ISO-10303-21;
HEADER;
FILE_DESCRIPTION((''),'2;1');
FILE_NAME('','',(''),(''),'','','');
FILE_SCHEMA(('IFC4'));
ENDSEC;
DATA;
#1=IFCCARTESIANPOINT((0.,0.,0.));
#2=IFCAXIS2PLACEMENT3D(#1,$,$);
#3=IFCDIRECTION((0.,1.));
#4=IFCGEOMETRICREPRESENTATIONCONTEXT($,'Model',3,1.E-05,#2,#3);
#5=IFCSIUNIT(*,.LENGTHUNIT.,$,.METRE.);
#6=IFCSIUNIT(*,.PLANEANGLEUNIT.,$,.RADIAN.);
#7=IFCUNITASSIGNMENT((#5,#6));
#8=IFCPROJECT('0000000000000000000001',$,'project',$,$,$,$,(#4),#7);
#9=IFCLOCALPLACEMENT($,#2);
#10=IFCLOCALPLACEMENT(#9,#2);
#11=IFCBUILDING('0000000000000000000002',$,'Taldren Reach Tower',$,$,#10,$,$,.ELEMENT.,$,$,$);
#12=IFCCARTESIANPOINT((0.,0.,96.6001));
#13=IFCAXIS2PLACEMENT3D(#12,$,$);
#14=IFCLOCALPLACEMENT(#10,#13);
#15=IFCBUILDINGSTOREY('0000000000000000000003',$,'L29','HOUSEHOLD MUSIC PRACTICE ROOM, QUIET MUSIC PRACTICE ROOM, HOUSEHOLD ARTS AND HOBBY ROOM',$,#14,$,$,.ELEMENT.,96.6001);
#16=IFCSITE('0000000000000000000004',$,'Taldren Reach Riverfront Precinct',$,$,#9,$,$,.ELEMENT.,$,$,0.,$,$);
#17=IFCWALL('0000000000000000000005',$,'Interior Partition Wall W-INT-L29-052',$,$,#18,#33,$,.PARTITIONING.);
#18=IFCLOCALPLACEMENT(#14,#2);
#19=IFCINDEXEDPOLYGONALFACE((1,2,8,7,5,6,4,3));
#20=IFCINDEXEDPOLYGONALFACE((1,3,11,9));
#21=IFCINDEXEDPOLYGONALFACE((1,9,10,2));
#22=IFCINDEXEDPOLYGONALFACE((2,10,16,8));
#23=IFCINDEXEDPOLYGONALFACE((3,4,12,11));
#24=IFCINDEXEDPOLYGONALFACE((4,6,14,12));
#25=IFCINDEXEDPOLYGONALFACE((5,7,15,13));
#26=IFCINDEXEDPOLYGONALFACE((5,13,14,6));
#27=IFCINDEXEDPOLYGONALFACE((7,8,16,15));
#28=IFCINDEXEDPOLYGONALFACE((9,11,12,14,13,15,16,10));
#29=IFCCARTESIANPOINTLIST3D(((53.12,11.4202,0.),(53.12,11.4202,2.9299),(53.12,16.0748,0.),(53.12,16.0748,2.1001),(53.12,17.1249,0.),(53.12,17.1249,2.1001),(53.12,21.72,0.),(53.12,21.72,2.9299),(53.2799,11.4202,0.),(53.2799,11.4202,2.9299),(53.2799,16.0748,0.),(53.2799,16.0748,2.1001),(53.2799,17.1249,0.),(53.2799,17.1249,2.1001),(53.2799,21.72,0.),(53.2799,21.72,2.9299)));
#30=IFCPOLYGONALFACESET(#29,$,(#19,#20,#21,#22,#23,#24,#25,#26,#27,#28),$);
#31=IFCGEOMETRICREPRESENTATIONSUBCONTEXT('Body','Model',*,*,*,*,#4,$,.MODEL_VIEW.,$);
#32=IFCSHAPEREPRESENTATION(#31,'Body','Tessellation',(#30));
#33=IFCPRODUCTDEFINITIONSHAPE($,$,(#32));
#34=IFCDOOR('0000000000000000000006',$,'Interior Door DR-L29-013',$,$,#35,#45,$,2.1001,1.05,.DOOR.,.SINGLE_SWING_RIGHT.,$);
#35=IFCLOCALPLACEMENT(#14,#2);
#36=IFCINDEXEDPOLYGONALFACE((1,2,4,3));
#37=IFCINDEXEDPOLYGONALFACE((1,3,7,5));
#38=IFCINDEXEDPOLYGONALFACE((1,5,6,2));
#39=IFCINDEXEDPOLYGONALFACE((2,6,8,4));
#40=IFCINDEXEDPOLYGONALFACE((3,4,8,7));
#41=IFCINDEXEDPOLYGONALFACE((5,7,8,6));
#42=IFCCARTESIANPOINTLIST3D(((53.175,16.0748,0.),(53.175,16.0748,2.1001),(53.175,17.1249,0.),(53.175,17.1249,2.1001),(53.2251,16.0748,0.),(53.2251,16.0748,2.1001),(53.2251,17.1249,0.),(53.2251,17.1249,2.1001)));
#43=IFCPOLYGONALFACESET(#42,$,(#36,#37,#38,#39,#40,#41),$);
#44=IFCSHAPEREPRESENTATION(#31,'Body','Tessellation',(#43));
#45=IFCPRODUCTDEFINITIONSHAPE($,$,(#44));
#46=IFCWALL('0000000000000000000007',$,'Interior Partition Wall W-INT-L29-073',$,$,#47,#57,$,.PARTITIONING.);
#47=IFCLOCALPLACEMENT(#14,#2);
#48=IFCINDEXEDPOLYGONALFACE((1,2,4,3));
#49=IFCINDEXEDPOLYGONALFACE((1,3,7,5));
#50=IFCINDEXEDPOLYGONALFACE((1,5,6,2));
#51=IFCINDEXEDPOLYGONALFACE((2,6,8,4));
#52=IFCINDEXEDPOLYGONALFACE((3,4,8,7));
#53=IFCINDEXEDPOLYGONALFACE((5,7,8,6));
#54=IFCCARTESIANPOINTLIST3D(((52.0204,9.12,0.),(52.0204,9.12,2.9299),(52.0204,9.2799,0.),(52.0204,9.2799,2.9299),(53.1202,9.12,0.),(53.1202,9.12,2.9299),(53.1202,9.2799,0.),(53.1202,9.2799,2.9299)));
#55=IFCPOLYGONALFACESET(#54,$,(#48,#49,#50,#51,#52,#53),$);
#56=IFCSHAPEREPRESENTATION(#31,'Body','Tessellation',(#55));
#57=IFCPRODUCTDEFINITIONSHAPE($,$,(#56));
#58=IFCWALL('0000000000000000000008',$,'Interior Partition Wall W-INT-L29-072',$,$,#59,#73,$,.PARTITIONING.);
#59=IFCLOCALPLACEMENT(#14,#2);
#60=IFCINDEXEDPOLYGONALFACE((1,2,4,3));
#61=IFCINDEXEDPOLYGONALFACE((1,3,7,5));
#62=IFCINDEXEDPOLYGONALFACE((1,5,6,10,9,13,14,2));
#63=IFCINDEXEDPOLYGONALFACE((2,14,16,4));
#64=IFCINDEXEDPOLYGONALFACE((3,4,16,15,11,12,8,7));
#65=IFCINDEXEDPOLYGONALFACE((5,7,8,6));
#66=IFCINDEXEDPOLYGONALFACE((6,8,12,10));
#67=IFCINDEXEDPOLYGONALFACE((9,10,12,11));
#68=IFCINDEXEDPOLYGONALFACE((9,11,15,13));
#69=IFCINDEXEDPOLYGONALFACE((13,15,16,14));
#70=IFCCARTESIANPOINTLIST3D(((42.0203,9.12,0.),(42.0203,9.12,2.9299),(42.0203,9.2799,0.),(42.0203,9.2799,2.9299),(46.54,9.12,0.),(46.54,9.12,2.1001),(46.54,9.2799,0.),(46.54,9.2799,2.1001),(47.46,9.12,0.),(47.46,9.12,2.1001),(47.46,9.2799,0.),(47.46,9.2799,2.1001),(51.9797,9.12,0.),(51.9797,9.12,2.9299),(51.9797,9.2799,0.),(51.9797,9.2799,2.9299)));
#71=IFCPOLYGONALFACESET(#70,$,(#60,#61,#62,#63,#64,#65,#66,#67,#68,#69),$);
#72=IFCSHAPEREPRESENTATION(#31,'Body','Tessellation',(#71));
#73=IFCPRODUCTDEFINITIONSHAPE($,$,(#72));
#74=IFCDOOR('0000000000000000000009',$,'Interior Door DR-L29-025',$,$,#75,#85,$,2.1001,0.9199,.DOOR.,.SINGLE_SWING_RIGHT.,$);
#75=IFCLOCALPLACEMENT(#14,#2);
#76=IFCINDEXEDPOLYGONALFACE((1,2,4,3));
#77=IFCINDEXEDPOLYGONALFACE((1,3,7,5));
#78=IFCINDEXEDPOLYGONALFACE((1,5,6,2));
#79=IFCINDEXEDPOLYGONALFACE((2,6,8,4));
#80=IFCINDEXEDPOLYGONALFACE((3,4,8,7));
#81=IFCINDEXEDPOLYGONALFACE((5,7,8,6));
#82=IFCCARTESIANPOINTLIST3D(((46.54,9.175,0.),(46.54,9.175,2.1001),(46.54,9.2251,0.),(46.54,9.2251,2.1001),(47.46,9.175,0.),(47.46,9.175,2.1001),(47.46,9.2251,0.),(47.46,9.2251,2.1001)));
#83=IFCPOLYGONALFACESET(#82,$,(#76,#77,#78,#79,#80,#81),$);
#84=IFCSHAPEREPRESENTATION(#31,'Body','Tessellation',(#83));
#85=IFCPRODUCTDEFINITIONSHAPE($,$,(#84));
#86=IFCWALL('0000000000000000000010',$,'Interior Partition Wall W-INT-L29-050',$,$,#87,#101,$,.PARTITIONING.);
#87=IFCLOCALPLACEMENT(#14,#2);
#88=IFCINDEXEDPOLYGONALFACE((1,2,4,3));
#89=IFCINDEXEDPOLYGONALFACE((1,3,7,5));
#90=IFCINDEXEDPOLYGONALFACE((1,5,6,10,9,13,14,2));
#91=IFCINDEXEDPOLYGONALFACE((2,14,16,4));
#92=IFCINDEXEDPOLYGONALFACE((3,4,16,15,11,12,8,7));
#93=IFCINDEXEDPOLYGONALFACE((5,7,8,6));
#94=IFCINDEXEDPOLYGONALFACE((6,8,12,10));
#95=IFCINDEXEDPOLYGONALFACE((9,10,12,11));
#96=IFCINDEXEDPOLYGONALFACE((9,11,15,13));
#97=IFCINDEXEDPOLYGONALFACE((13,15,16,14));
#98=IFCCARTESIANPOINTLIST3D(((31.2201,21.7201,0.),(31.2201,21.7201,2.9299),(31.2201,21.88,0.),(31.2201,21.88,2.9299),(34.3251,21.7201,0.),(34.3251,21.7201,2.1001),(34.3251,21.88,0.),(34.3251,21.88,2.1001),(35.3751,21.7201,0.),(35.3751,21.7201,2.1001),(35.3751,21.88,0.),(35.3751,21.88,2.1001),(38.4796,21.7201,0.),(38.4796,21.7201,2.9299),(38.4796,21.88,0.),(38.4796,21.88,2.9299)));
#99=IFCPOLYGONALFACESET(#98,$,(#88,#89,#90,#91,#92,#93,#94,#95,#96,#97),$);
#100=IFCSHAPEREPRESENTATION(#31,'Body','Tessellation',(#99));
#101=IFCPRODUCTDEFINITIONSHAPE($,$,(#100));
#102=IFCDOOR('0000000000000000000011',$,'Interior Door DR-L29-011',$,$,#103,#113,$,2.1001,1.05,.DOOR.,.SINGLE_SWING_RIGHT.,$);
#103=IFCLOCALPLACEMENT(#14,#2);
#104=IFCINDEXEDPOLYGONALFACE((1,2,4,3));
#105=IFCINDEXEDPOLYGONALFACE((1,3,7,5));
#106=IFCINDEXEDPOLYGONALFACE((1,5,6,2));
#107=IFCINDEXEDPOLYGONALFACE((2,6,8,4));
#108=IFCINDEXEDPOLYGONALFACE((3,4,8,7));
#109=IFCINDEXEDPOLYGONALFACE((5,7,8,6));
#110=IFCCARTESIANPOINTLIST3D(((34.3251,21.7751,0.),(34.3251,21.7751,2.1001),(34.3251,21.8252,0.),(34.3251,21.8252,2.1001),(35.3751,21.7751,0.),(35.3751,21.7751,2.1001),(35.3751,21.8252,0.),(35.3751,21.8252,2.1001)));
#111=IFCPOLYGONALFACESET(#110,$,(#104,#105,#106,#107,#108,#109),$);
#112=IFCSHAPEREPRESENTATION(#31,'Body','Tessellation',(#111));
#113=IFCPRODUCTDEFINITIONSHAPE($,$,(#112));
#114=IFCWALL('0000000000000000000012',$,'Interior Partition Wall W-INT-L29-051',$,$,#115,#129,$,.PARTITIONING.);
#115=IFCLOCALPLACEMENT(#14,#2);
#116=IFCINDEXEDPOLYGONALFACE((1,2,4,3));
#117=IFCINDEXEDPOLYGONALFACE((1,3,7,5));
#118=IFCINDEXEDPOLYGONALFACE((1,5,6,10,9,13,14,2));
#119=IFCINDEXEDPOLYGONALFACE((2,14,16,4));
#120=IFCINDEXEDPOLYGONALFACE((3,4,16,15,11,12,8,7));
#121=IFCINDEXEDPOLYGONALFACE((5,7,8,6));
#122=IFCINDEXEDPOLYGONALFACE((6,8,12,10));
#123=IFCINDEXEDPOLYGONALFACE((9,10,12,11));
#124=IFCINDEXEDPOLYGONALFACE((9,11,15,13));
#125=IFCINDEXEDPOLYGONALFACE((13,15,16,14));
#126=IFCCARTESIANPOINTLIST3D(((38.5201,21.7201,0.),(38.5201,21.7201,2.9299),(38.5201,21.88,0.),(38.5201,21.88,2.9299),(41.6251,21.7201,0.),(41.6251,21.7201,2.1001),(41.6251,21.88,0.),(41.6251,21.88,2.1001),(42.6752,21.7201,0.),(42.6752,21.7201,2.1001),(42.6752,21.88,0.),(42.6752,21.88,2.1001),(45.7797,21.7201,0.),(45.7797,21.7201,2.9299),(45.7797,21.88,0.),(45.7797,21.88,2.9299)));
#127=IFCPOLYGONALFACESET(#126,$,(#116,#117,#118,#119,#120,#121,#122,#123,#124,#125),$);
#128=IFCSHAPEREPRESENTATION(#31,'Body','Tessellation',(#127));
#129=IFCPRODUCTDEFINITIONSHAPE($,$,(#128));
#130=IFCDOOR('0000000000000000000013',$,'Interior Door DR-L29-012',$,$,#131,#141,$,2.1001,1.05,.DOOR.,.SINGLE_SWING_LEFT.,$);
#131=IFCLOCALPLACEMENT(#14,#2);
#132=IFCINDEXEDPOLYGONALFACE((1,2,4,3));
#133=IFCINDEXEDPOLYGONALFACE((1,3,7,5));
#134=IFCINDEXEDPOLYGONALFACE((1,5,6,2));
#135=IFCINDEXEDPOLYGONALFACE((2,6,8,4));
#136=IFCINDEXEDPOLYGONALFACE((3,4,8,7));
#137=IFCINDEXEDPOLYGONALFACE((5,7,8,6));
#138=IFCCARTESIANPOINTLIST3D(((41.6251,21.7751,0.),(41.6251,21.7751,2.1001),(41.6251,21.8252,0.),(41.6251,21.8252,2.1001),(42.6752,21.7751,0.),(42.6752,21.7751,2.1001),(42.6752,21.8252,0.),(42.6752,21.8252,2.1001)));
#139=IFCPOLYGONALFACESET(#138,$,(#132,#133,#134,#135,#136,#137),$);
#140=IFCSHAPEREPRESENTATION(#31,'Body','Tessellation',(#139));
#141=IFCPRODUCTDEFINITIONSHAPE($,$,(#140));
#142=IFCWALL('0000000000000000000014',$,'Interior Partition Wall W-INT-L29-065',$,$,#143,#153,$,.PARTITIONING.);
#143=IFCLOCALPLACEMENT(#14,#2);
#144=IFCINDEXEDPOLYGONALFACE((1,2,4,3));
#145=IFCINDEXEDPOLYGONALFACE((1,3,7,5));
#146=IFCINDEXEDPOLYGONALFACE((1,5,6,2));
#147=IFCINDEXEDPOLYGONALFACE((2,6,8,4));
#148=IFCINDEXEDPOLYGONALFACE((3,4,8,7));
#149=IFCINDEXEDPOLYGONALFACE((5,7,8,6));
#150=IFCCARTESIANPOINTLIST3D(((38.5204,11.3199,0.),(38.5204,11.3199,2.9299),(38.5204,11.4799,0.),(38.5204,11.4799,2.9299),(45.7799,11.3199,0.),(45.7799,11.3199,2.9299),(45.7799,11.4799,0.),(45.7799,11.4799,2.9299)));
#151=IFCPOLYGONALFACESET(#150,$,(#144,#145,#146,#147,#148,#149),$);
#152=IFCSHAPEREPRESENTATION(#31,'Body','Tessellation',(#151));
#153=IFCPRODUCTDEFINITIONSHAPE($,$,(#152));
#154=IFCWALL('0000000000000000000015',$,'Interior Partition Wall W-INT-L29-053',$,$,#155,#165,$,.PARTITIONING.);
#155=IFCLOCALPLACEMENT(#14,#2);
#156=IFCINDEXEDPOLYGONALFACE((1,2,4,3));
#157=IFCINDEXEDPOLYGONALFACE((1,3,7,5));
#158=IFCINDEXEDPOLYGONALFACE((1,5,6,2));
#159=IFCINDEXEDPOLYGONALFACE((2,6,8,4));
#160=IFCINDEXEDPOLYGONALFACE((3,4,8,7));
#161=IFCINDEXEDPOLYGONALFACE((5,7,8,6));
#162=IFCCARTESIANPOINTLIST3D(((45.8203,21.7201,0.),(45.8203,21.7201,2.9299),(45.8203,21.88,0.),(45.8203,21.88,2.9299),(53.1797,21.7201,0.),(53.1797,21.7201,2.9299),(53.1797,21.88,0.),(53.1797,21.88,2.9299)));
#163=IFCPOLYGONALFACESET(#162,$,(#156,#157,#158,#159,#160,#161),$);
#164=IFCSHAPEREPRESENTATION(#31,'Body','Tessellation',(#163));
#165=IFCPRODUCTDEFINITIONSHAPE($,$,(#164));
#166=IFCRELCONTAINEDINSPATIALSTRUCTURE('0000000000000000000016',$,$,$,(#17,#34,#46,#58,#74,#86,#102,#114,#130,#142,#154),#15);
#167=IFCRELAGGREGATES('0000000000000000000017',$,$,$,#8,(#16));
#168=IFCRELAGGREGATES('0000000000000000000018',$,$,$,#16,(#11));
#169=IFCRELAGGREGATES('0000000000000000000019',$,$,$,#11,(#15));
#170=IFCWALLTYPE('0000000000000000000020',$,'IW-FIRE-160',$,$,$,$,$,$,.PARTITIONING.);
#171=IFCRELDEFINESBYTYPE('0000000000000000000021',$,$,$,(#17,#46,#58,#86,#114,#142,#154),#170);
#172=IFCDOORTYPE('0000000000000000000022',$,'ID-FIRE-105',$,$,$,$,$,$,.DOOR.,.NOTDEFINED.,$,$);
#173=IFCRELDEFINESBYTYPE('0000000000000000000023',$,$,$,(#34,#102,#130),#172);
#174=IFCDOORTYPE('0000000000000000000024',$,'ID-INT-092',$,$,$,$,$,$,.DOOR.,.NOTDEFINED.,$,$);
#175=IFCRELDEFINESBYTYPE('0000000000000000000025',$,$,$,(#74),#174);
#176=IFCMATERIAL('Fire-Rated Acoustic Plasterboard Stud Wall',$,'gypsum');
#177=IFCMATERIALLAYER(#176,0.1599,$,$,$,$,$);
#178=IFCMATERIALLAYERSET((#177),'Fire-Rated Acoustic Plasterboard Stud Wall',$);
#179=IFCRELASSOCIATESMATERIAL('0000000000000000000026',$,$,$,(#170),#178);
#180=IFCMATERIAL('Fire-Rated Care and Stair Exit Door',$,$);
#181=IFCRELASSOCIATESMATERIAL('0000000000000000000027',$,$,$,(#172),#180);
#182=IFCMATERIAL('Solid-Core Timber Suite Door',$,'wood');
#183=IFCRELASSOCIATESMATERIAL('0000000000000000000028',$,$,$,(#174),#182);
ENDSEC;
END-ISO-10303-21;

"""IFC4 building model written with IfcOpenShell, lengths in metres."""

from ifc_helpers import new_model, si_unit, direction, frame, frame_2d, origin, place, context, subcontext, project, spatial, rectangle, extrude, source, transform, mapped, material, layer, layer_set, type_object, element, fill, save


model = new_model("IFC4")

# Units and contexts
model_context = context("Model", 3, precision=1e-05, world=origin(), true_north=direction((0.0, 1.0)))
body_context = subcontext(model_context, "Body", "Model", "MODEL_VIEW")
ifc_project = project(units=[si_unit("LENGTHUNIT", "METRE"), si_unit("PLANEANGLEUNIT", "RADIAN")], contexts=[model_context])

# Site, building, storey
site_placement = place(None, origin())
site = spatial("IfcSite", under=ifc_project, at=site_placement, Name="Taldren Reach Riverfront Precinct", CompositionType="ELEMENT", RefElevation=0.0)
building_placement = place(site_placement, origin())
building = spatial("IfcBuilding", under=site, at=building_placement, Name="Taldren Reach Tower", CompositionType="ELEMENT")
storey_placement = place(building_placement, frame((0.0, 0.0, 96.6001)))
storey = spatial("IfcBuildingStorey", under=building, at=storey_placement, Name="L29", Description="HOUSEHOLD MUSIC PRACTICE ROOM, QUIET MUSIC PRACTICE ROOM, HOUSEHOLD ARTS AND HOBBY ROOM", CompositionType="ELEMENT", Elevation=96.6001)

# Wall, opening, door
ifc_material_1 = material(Name="Fire-Rated Acoustic Plasterboard Stud Wall", Category="gypsum")
ifc_layer_1 = layer(ifc_material_1, 0.1599)
ifc_layer_set_1 = layer_set([ifc_layer_1], Name="Fire-Rated Acoustic Plasterboard Stud Wall")
wall_type_1 = type_object("IfcWallType", Name="IW-FIRE-160", PredefinedType="PARTITIONING", material=ifc_layer_set_1)
shared_shape_1 = source(origin(), body_context, "Body", "SweptSolid", [
    extrude(rectangle(XDim=10.2998, YDim=0.1599, at=frame_2d((5.1499, 0.0))), origin(), (0.0, 0.0, 1.0), 2.9299),
])
wall_1_placement = place(storey_placement, frame((53.2, 11.4202, 0.0), z_axis=(0.0, 0.0, 1.0), x_axis=(0.0, 1.0, 0.0)))
wall_1 = element("IfcWall", 1, at=wall_1_placement, inside=storey, type_object=wall_type_1, Name="Interior Partition Wall W-INT-L29-052", PredefinedType="PARTITIONING", context=body_context, shape_type="MappedRepresentation", body=[
    mapped(shared_shape_1, transform((0.0, 0.0, 0.0), scale=1.0)),
])
shared_shape_2 = source(origin(), body_context, "Body", "SweptSolid", [
    extrude(rectangle(XDim=1.05, YDim=2.1001, at=frame_2d((0.5249, 1.05))), frame((0.0, 0.0898, 0.0), z_axis=(0.0, -1.0, 0.0), x_axis=(1.0, 0.0, 0.0)), (0.0, 0.0, 1.0), 0.1799),
])
opening_1_placement = place(wall_1_placement, frame((4.6548, 0.0, 0.0)))
opening_1 = element("IfcOpeningElement", 2, at=opening_1_placement, cuts=wall_1, PredefinedType="OPENING", context=body_context, shape_type="MappedRepresentation", body=[
    mapped(shared_shape_2, transform((0.0, 0.0, 0.0), scale=1.0)),
])
ifc_material_2 = material(Name="Fire-Rated Care and Stair Exit Door")
door_type_1 = type_object("IfcDoorType", Name="ID-FIRE-105", OperationType="NOTDEFINED", PredefinedType="DOOR", material=ifc_material_2)
shared_shape_3 = source(origin(), body_context, "Body", "SweptSolid", [
    extrude(rectangle(XDim=1.05, YDim=2.1001, at=frame_2d((0.5249, 1.05))), frame((0.0, 0.0249, 0.0), z_axis=(0.0, -1.0, 0.0), x_axis=(1.0, 0.0, 0.0)), (0.0, 0.0, 1.0), 0.05),
])
door_1_placement = place(opening_1_placement, origin())
door_1 = element("IfcDoor", 3, at=door_1_placement, inside=storey, type_object=door_type_1, Name="Interior Door DR-L29-013", OperationType="SINGLE_SWING_RIGHT", OverallHeight=2.1001, OverallWidth=1.05, PredefinedType="DOOR", context=body_context, shape_type="MappedRepresentation", body=[
    mapped(shared_shape_3, transform((0.0, 0.0, 0.0), scale=1.0)),
])
fill(opening_1, door_1)

# Wall
shared_shape_4 = source(origin(), body_context, "Body", "SweptSolid", [
    extrude(rectangle(XDim=1.0999, YDim=0.1599, at=frame_2d((0.5498, 0.0))), origin(), (0.0, 0.0, 1.0), 2.9299),
])
wall_2_placement = place(storey_placement, frame((53.1201, 9.2, 0.0), z_axis=(0.0, 0.0, 1.0), x_axis=(-1.0, 0.0, 0.0)))
element("IfcWall", 4, at=wall_2_placement, inside=storey, type_object=wall_type_1, Name="Interior Partition Wall W-INT-L29-073", PredefinedType="PARTITIONING", context=body_context, shape_type="MappedRepresentation", body=[
    mapped(shared_shape_4, transform((0.0, 0.0, 0.0), scale=1.0)),
])

# Walls, openings, doors
shared_shape_5 = source(origin(), body_context, "Body", "SweptSolid", [
    extrude(rectangle(XDim=9.9595, YDim=0.1599, at=frame_2d((4.9797, 0.0))), origin(), (0.0, 0.0, 1.0), 2.9299),
])
wall_3_placement = place(storey_placement, frame((51.9797, 9.2, 0.0), z_axis=(0.0, 0.0, 1.0), x_axis=(-1.0, 0.0, 0.0)))
wall_3 = element("IfcWall", 5, at=wall_3_placement, inside=storey, type_object=wall_type_1, Name="Interior Partition Wall W-INT-L29-072", PredefinedType="PARTITIONING", context=body_context, shape_type="MappedRepresentation", body=[
    mapped(shared_shape_5, transform((0.0, 0.0, 0.0), scale=1.0)),
])
shared_shape_6 = source(origin(), body_context, "Body", "SweptSolid", [
    extrude(rectangle(XDim=0.9199, YDim=2.1001, at=frame_2d((0.46, 1.05))), frame((0.0, 0.0898, 0.0), z_axis=(0.0, -1.0, 0.0), x_axis=(1.0, 0.0, 0.0)), (0.0, 0.0, 1.0), 0.1799),
])
opening_2_placement = place(wall_3_placement, frame((4.5198, 0.0, 0.0)))
opening_2 = element("IfcOpeningElement", 6, at=opening_2_placement, cuts=wall_3, PredefinedType="OPENING", context=body_context, shape_type="MappedRepresentation", body=[
    mapped(shared_shape_6, transform((0.0, 0.0, 0.0), scale=1.0)),
])
ifc_material_3 = material(Name="Solid-Core Timber Suite Door", Category="wood")
door_type_2 = type_object("IfcDoorType", Name="ID-INT-092", OperationType="NOTDEFINED", PredefinedType="DOOR", material=ifc_material_3)
shared_shape_7 = source(origin(), body_context, "Body", "SweptSolid", [
    extrude(rectangle(XDim=0.9199, YDim=2.1001, at=frame_2d((0.46, 1.05))), frame((0.0, 0.0249, 0.0), z_axis=(0.0, -1.0, 0.0), x_axis=(1.0, 0.0, 0.0)), (0.0, 0.0, 1.0), 0.05),
])
door_2_placement = place(opening_2_placement, origin())
door_2 = element("IfcDoor", 7, at=door_2_placement, inside=storey, type_object=door_type_2, Name="Interior Door DR-L29-025", OperationType="SINGLE_SWING_RIGHT", OverallHeight=2.1001, OverallWidth=0.9199, PredefinedType="DOOR", context=body_context, shape_type="MappedRepresentation", body=[
    mapped(shared_shape_7, transform((0.0, 0.0, 0.0), scale=1.0)),
])
fill(opening_2, door_2)
shared_shape_8 = source(origin(), body_context, "Body", "SweptSolid", [
    extrude(rectangle(XDim=7.2595, YDim=0.1599, at=frame_2d((3.6299, 0.0))), origin(), (0.0, 0.0, 1.0), 2.9299),
])
wall_4_placement = place(storey_placement, frame((38.4797, 21.8, 0.0), z_axis=(0.0, 0.0, 1.0), x_axis=(-1.0, 0.0, 0.0)))
wall_4 = element("IfcWall", 8, at=wall_4_placement, inside=storey, type_object=wall_type_1, Name="Interior Partition Wall W-INT-L29-050", PredefinedType="PARTITIONING", context=body_context, shape_type="MappedRepresentation", body=[
    mapped(shared_shape_8, transform((0.0, 0.0, 0.0), scale=1.0)),
])
opening_3_placement = place(wall_4_placement, frame((3.1047, 0.0, 0.0)))
opening_3 = element("IfcOpeningElement", 9, at=opening_3_placement, cuts=wall_4, PredefinedType="OPENING", context=body_context, shape_type="MappedRepresentation", body=[
    mapped(shared_shape_2, transform((0.0, 0.0, 0.0), scale=1.0)),
])
door_3_placement = place(opening_3_placement, origin())
door_3 = element("IfcDoor", 10, at=door_3_placement, inside=storey, type_object=door_type_1, Name="Interior Door DR-L29-011", OperationType="SINGLE_SWING_RIGHT", OverallHeight=2.1001, OverallWidth=1.05, PredefinedType="DOOR", context=body_context, shape_type="MappedRepresentation", body=[
    mapped(shared_shape_3, transform((0.0, 0.0, 0.0), scale=1.0)),
])
fill(opening_3, door_3)
wall_5_placement = place(storey_placement, frame((45.7798, 21.8, 0.0), z_axis=(0.0, 0.0, 1.0), x_axis=(-1.0, 0.0, 0.0)))
wall_5 = element("IfcWall", 11, at=wall_5_placement, inside=storey, type_object=wall_type_1, Name="Interior Partition Wall W-INT-L29-051", PredefinedType="PARTITIONING", context=body_context, shape_type="MappedRepresentation", body=[
    mapped(shared_shape_8, transform((0.0, 0.0, 0.0), scale=1.0)),
])
opening_4_placement = place(wall_5_placement, frame((3.1047, 0.0, 0.0)))
opening_4 = element("IfcOpeningElement", 12, at=opening_4_placement, cuts=wall_5, PredefinedType="OPENING", context=body_context, shape_type="MappedRepresentation", body=[
    mapped(shared_shape_2, transform((0.0, 0.0, 0.0), scale=1.0)),
])
door_4_placement = place(opening_4_placement, origin())
door_4 = element("IfcDoor", 13, at=door_4_placement, inside=storey, type_object=door_type_1, Name="Interior Door DR-L29-012", OperationType="SINGLE_SWING_LEFT", OverallHeight=2.1001, OverallWidth=1.05, PredefinedType="DOOR", context=body_context, shape_type="MappedRepresentation", body=[
    mapped(shared_shape_3, transform((0.0, 0.0, 0.0), scale=1.0)),
])
fill(opening_4, door_4)

# Walls
wall_6_placement = place(storey_placement, frame((38.5203, 11.3999, 0.0), z_axis=(0.0, 0.0, 1.0), x_axis=(1.0, 0.0, 0.0)))
element("IfcWall", 14, at=wall_6_placement, inside=storey, type_object=wall_type_1, Name="Interior Partition Wall W-INT-L29-065", PredefinedType="PARTITIONING", context=body_context, shape_type="MappedRepresentation", body=[
    mapped(shared_shape_8, transform((0.0, 0.0, 0.0), scale=1.0)),
])
shared_shape_9 = source(origin(), body_context, "Body", "SweptSolid", [
    extrude(rectangle(XDim=7.3594, YDim=0.1599, at=frame_2d((3.6797, 0.0))), origin(), (0.0, 0.0, 1.0), 2.9299),
])
wall_7_placement = place(storey_placement, frame((53.1797, 21.8, 0.0), z_axis=(0.0, 0.0, 1.0), x_axis=(-1.0, 0.0, 0.0)))
element("IfcWall", 15, at=wall_7_placement, inside=storey, type_object=wall_type_1, Name="Interior Partition Wall W-INT-L29-053", PredefinedType="PARTITIONING", context=body_context, shape_type="MappedRepresentation", body=[
    mapped(shared_shape_9, transform((0.0, 0.0, 0.0), scale=1.0)),
])

save(model, "model.ifc")
